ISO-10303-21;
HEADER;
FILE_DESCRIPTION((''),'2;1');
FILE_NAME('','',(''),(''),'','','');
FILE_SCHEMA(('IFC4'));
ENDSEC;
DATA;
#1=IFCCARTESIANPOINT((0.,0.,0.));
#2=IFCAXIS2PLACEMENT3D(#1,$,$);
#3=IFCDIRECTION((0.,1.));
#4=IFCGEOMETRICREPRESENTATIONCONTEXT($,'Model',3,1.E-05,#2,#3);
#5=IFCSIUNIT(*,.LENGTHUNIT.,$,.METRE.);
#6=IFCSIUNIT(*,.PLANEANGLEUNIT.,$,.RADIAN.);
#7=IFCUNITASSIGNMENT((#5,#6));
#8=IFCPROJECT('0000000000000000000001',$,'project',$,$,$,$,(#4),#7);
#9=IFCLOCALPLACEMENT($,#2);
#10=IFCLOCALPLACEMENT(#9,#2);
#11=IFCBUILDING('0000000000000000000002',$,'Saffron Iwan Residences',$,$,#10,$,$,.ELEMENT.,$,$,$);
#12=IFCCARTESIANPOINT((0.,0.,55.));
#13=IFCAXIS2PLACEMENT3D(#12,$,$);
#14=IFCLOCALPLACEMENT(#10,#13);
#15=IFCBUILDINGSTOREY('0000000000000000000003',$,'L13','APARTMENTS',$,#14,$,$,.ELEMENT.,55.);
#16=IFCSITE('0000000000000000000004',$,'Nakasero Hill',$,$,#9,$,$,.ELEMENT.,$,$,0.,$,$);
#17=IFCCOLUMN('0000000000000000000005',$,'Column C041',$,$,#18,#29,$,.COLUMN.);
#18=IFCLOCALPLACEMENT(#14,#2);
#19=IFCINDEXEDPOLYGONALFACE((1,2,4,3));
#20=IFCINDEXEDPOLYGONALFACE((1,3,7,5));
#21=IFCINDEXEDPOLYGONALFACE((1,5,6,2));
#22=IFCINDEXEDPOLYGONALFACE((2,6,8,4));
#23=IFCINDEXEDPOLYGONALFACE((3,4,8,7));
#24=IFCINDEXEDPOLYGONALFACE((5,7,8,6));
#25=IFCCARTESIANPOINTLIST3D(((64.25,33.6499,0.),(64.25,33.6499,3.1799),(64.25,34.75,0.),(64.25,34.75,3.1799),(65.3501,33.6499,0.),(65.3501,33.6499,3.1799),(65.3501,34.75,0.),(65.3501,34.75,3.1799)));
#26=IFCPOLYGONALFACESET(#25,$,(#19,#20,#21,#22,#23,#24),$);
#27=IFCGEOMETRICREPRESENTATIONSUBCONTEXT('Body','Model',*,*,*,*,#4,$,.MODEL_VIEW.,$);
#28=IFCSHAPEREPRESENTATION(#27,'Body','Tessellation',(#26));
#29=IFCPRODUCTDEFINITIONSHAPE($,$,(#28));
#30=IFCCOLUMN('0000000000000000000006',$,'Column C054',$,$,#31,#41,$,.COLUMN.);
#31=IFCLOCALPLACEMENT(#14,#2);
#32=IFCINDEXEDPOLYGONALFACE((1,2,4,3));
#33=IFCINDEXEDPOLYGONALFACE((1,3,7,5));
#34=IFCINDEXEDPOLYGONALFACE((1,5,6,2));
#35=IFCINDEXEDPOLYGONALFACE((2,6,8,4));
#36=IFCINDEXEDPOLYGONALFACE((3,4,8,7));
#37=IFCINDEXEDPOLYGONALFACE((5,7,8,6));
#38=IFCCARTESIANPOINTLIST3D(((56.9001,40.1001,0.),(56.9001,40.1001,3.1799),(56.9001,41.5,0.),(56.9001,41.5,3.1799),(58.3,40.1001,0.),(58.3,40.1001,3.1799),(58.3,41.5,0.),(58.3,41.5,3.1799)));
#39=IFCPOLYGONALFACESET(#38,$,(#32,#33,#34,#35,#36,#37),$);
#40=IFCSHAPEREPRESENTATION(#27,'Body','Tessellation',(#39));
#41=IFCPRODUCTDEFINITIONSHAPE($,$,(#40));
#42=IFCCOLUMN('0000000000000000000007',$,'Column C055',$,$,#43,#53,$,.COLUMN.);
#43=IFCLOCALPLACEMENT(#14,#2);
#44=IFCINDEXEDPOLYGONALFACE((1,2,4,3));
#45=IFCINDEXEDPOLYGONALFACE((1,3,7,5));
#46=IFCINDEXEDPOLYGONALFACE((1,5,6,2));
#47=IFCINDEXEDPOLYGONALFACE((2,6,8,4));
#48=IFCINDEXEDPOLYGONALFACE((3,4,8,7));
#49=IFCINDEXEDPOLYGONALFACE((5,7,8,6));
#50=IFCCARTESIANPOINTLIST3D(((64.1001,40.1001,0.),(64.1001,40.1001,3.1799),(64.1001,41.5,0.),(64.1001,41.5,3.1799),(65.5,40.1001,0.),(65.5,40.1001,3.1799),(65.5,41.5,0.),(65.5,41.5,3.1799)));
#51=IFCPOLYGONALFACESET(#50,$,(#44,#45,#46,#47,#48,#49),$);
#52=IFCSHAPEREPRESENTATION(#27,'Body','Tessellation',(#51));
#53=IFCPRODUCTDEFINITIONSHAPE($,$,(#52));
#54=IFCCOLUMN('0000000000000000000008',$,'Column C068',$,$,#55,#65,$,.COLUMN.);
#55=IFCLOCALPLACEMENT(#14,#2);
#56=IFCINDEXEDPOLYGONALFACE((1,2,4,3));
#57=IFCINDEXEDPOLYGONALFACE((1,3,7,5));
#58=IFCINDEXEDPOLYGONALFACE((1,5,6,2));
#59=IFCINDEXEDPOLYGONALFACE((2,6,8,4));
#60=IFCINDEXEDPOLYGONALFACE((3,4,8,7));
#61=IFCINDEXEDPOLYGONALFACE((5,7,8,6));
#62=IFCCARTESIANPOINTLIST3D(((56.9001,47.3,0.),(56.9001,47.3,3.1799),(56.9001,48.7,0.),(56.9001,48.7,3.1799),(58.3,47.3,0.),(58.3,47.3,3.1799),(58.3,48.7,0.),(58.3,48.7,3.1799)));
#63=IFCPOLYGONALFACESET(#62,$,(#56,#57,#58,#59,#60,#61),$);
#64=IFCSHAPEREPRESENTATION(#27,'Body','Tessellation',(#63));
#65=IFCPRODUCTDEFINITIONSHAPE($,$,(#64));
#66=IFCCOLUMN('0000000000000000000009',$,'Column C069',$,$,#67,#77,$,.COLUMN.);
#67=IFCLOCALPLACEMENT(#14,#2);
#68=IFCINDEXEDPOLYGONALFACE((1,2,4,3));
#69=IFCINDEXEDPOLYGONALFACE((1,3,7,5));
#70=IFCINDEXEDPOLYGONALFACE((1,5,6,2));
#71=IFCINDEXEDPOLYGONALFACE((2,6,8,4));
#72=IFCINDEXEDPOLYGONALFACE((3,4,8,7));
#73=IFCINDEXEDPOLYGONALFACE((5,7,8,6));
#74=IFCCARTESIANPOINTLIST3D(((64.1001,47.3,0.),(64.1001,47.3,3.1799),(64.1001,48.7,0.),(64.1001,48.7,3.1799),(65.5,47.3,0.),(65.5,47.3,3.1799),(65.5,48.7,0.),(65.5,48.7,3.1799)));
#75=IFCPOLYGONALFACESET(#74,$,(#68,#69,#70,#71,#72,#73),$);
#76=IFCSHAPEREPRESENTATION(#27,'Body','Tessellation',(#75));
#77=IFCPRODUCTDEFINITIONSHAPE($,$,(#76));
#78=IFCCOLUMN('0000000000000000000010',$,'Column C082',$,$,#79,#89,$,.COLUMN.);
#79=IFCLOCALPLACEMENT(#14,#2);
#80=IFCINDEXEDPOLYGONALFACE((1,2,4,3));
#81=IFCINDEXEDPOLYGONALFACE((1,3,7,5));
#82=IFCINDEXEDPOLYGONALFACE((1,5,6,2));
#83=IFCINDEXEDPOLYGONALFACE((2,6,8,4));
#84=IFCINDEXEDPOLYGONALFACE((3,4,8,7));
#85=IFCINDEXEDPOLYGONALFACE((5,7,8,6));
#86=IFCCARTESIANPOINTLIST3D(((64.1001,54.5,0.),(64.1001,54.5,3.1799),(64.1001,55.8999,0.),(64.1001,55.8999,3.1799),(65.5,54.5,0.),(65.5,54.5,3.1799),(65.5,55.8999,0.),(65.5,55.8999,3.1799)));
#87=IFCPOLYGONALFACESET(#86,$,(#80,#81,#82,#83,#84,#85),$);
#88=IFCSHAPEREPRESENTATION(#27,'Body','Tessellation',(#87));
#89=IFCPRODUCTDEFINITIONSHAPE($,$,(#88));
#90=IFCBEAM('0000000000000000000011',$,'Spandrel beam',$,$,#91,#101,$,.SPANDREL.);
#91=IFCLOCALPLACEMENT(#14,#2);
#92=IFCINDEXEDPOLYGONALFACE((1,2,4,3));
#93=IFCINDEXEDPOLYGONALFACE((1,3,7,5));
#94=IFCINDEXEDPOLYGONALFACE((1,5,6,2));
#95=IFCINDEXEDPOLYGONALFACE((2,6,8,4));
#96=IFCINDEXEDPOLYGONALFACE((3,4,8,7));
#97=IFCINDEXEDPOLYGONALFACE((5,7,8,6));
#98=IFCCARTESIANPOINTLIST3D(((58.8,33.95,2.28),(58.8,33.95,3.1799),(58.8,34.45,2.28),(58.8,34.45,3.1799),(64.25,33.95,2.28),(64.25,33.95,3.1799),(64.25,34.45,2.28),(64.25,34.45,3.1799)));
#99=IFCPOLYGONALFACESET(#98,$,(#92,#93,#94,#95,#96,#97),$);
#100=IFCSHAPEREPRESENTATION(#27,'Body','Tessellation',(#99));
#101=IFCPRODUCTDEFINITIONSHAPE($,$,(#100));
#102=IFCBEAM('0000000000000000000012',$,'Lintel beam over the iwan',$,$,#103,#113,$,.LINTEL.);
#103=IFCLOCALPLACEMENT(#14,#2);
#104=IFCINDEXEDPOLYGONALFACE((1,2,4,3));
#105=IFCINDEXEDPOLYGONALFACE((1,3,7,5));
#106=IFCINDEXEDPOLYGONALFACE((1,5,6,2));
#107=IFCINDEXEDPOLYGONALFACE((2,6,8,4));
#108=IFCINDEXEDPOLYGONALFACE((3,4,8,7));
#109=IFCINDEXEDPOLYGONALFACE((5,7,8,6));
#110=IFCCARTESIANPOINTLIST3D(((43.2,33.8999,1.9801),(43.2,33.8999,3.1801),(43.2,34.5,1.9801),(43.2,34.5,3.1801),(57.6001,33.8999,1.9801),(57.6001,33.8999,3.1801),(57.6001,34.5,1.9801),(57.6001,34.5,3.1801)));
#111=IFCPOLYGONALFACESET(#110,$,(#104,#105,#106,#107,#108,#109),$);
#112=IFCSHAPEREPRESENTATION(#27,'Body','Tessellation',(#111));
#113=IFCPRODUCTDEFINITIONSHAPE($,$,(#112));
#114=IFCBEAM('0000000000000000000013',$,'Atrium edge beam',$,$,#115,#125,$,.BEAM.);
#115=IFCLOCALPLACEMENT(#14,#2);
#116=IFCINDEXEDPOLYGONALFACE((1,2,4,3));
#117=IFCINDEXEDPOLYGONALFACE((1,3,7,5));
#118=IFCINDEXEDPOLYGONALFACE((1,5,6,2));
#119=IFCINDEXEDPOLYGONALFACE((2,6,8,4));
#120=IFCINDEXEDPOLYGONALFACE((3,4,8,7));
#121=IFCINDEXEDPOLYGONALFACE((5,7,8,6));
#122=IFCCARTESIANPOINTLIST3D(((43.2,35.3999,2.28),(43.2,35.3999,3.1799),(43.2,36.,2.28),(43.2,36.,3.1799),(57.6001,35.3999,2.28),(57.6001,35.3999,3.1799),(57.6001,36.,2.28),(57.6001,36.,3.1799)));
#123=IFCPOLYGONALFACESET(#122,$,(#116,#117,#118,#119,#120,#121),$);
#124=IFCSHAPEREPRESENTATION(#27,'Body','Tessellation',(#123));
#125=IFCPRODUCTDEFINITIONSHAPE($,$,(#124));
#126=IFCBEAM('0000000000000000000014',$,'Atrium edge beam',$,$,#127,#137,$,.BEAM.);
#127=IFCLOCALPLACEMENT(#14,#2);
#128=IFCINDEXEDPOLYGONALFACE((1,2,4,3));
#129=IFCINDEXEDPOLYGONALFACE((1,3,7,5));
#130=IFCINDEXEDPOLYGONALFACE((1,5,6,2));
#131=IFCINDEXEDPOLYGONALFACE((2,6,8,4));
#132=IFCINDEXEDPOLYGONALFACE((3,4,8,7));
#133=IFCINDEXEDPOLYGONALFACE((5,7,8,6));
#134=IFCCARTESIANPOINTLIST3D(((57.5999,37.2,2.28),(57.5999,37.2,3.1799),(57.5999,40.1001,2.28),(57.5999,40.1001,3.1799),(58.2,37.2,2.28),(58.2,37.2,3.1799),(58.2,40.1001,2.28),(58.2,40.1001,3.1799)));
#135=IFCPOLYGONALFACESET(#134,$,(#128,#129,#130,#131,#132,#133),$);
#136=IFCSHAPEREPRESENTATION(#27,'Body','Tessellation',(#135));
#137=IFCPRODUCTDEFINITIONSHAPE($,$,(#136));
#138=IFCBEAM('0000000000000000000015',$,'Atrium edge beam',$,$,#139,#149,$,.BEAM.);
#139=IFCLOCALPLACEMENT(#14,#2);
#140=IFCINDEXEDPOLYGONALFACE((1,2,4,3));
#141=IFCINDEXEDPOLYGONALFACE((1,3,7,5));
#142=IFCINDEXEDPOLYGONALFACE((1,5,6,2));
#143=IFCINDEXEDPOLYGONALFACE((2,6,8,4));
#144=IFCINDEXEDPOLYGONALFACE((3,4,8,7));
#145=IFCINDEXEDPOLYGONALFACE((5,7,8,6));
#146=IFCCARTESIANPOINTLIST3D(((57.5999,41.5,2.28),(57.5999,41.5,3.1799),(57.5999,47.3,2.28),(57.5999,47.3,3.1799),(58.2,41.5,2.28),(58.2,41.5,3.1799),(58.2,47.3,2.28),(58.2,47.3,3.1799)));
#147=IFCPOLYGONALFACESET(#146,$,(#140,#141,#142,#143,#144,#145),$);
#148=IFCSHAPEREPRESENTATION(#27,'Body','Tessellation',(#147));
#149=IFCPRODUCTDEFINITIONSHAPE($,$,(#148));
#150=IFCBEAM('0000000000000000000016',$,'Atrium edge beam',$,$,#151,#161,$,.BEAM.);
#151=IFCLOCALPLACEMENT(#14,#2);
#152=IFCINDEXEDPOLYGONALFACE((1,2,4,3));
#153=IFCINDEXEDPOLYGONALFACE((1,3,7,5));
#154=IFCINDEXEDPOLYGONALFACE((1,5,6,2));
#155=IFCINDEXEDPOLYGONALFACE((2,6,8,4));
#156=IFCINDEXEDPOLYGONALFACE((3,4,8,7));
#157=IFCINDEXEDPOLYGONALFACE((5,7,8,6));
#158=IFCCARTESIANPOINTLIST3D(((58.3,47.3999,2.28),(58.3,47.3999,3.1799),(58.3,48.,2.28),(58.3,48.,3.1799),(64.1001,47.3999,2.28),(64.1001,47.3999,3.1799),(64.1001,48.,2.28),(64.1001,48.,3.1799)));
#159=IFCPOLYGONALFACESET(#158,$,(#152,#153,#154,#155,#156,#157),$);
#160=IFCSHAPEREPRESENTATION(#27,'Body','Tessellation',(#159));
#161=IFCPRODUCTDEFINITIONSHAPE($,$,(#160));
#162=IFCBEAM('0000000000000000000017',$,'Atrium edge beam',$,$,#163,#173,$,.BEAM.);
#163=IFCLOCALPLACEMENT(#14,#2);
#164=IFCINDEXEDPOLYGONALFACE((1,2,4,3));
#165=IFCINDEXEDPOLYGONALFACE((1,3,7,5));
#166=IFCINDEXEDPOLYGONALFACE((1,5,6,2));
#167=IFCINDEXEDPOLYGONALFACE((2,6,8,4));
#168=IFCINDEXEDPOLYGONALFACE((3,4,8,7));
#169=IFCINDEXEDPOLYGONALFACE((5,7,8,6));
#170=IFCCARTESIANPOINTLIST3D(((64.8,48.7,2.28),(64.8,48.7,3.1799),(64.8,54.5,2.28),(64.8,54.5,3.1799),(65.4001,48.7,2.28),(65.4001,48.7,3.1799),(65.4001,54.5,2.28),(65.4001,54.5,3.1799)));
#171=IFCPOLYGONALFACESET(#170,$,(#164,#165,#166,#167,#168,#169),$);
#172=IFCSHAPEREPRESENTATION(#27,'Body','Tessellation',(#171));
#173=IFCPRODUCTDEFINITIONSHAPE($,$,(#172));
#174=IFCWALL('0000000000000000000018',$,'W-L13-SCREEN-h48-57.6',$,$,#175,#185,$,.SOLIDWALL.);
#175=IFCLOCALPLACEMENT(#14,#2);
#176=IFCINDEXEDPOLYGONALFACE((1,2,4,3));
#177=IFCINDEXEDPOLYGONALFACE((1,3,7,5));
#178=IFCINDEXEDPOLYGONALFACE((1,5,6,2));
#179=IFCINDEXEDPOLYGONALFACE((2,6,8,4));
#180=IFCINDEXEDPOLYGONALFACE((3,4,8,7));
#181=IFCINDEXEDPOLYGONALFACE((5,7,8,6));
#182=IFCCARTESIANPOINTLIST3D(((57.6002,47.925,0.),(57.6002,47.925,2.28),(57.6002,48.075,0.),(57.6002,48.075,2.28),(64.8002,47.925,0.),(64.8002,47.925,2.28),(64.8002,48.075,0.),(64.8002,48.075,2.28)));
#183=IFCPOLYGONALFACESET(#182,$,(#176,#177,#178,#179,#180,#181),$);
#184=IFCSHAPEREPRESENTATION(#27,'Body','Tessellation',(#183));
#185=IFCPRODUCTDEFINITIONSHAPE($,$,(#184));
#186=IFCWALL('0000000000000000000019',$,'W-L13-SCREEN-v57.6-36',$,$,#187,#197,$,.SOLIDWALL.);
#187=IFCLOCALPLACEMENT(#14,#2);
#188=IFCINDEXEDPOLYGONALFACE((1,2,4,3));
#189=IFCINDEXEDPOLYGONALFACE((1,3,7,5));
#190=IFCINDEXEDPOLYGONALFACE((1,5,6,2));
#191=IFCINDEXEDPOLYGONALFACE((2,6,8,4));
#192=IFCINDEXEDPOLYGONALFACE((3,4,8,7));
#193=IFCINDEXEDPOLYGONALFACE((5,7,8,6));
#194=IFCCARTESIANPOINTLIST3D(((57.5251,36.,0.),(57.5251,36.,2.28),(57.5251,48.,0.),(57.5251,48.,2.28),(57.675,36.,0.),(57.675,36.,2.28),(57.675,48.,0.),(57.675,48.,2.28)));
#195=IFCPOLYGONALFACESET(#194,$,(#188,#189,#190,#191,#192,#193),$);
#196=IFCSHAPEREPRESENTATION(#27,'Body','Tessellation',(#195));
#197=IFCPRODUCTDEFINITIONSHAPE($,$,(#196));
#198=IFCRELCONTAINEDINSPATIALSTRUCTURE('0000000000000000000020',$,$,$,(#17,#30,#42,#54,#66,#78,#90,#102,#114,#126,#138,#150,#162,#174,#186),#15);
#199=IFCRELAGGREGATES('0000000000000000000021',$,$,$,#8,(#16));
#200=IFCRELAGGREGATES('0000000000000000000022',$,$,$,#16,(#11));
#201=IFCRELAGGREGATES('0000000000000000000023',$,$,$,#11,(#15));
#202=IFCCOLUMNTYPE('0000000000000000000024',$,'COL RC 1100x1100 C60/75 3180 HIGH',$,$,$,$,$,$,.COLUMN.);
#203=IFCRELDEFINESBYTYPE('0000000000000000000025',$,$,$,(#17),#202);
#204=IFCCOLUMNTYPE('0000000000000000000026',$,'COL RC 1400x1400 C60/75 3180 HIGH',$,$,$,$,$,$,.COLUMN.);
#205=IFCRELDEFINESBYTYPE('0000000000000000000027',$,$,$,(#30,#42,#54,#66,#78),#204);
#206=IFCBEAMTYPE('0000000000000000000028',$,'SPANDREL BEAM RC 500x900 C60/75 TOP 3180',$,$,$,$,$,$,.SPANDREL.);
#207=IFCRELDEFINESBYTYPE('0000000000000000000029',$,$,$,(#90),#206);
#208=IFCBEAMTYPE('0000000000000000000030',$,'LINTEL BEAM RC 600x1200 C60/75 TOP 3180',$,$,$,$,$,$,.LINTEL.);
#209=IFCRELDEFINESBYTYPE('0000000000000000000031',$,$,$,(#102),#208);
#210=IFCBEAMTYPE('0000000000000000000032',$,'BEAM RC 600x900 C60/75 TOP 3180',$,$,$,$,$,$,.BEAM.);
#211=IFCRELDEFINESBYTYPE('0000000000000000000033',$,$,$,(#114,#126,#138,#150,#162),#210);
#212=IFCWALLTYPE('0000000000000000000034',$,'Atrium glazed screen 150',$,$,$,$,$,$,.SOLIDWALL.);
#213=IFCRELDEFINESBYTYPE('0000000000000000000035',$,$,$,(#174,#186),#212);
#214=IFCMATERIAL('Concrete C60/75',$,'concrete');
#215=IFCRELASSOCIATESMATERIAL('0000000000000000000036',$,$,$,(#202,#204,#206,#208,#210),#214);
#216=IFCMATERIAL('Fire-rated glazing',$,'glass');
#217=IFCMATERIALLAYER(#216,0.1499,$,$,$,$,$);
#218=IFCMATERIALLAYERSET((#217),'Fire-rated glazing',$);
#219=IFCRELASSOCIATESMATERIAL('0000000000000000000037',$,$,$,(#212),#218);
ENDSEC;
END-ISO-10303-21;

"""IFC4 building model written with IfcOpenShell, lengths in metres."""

from ifc_helpers import new_model, si_unit, direction, frame, frame_2d, origin, origin_2d, place, context, subcontext, project, spatial, rectangle, extrude, source, transform, mapped, material, layer, layer_set, material_profile, profile_set, type_object, element, save


model = new_model("IFC4")

# Units and contexts
model_context = context("Model", 3, precision=1e-05, world=origin(), true_north=direction((0.0, 1.0)))
body_context = subcontext(model_context, "Body", "Model", "MODEL_VIEW")
ifc_project = project(units=[si_unit("LENGTHUNIT", "METRE"), si_unit("PLANEANGLEUNIT", "RADIAN")], contexts=[model_context])

# Site, building, storey
site_placement = place(None, origin())
site = spatial("IfcSite", under=ifc_project, at=site_placement, Name="Nakasero Hill", CompositionType="ELEMENT", RefElevation=0.0)
building_placement = place(site_placement, origin())
building = spatial("IfcBuilding", under=site, at=building_placement, Name="Saffron Iwan Residences", CompositionType="ELEMENT")
storey_placement = place(building_placement, frame((0.0, 0.0, 55.0)))
storey = spatial("IfcBuildingStorey", under=building, at=storey_placement, Name="L13", Description="APARTMENTS", CompositionType="ELEMENT", Elevation=55.0)

# Columns
ifc_material_1 = material(Name="Concrete C60/75", Category="concrete")
ifc_material_profile_1 = material_profile(ifc_material_1, rectangle(XDim=1.1001, YDim=1.1001, at=origin_2d()), Name="RC 1100x1100")
ifc_profile_set_1 = profile_set([ifc_material_profile_1], Name="Concrete C60/75")
column_type_1 = type_object("IfcColumnType", Name="COL RC 1100x1100 C60/75 3180 HIGH", PredefinedType="COLUMN", material=ifc_profile_set_1)
shared_shape_1 = source(origin(), body_context, "Body", "SweptSolid", [
    extrude(rectangle(XDim=1.1001, YDim=1.1001, at=origin_2d()), origin(), (0.0, 0.0, 1.0), 3.1799),
])
column_placement = place(storey_placement, frame((64.8, 34.2, 0.0), z_axis=(0.0, 0.0, 1.0), x_axis=(1.0, 0.0, 0.0)))
element("IfcColumn", 1, at=column_placement, inside=storey, type_object=column_type_1, Name="Column C041", PredefinedType="COLUMN", context=body_context, shape_type="MappedRepresentation", body=[
    mapped(shared_shape_1, transform((0.0, 0.0, 0.0))),
])
ifc_material_profile_2 = material_profile(ifc_material_1, rectangle(XDim=1.3999, YDim=1.3999, at=origin_2d()), Name="RC 1400x1400")
ifc_profile_set_2 = profile_set([ifc_material_profile_2], Name="Concrete C60/75")
column_type_2 = type_object("IfcColumnType", Name="COL RC 1400x1400 C60/75 3180 HIGH", PredefinedType="COLUMN", material=ifc_profile_set_2)
shared_shape_2 = source(origin(), body_context, "Body", "SweptSolid", [
    extrude(rectangle(XDim=1.3999, YDim=1.3999, at=origin_2d()), origin(), (0.0, 0.0, 1.0), 3.1799),
])
for number, where, z_axis, x_axis, name in (
    (2, (57.6001, 40.8, 0.0), (0.0, 0.0, 1.0), (1.0, 0.0, 0.0), "Column C054"),
    (3, (64.8, 40.8, 0.0), (0.0, 0.0, 1.0), (1.0, 0.0, 0.0), "Column C055"),
    (4, (57.6001, 48.0, 0.0), (0.0, 0.0, 1.0), (1.0, 0.0, 0.0), "Column C068"),
    (5, (64.8, 48.0, 0.0), (0.0, 0.0, 1.0), (1.0, 0.0, 0.0), "Column C069"),
    (6, (64.8, 55.2, 0.0), (0.0, 0.0, 1.0), (1.0, 0.0, 0.0), "Column C082"),
):
    element("IfcColumn", number, at=place(storey_placement, frame(where, z_axis=z_axis, x_axis=x_axis)), inside=storey, type_object=column_type_2, Name=name, PredefinedType="COLUMN", context=body_context, shape_type="MappedRepresentation", body=[
        mapped(shared_shape_2, transform((0.0, 0.0, 0.0))),
    ])

# Beams
ifc_material_profile_3 = material_profile(ifc_material_1, rectangle(XDim=0.5, YDim=0.8999, at=origin_2d()), Name="RC 500x900")
ifc_profile_set_3 = profile_set([ifc_material_profile_3], Name="Concrete C60/75")
beam_type_1 = type_object("IfcBeamType", Name="SPANDREL BEAM RC 500x900 C60/75 TOP 3180", PredefinedType="SPANDREL", material=ifc_profile_set_3)
shared_shape_3 = source(origin(), body_context, "Body", "SweptSolid", [
    extrude(rectangle(XDim=0.5, YDim=0.8999, at=origin_2d()), origin(), (0.0, 0.0, 1.0), 5.45),
])
beam_1_placement = place(storey_placement, frame((64.25, 34.2, 2.73), z_axis=(-1.0, 0.0, 0.0), x_axis=(0.0, -1.0, 0.0)))
element("IfcBeam", 7, at=beam_1_placement, inside=storey, type_object=beam_type_1, Name="Spandrel beam", PredefinedType="SPANDREL", context=body_context, shape_type="MappedRepresentation", body=[
    mapped(shared_shape_3, transform((0.0, 0.0, 0.0))),
])
ifc_material_profile_4 = material_profile(ifc_material_1, rectangle(XDim=0.6001, YDim=1.2, at=origin_2d()), Name="RC 600x1200")
ifc_profile_set_4 = profile_set([ifc_material_profile_4], Name="Concrete C60/75")
beam_type_2 = type_object("IfcBeamType", Name="LINTEL BEAM RC 600x1200 C60/75 TOP 3180", PredefinedType="LINTEL", material=ifc_profile_set_4)
shared_shape_4 = source(origin(), body_context, "Body", "SweptSolid", [
    extrude(rectangle(XDim=0.6001, YDim=1.2, at=origin_2d()), origin(), (0.0, 0.0, 1.0), 14.4001),
])
beam_2_placement = place(storey_placement, frame((57.6001, 34.2, 2.5801), z_axis=(-1.0, 0.0, 0.0), x_axis=(0.0, -1.0, 0.0)))
element("IfcBeam", 8, at=beam_2_placement, inside=storey, type_object=beam_type_2, Name="Lintel beam over the iwan", PredefinedType="LINTEL", context=body_context, shape_type="MappedRepresentation", body=[
    mapped(shared_shape_4, transform((0.0, 0.0, 0.0))),
])
ifc_material_profile_5 = material_profile(ifc_material_1, rectangle(XDim=0.6001, YDim=0.8999, at=origin_2d()), Name="RC 600x900")
ifc_profile_set_5 = profile_set([ifc_material_profile_5], Name="Concrete C60/75")
beam_type_3 = type_object("IfcBeamType", Name="BEAM RC 600x900 C60/75 TOP 3180", PredefinedType="BEAM", material=ifc_profile_set_5)
shared_shape_5 = source(origin(), body_context, "Body", "SweptSolid", [
    extrude(rectangle(XDim=0.6001, YDim=0.8999, at=origin_2d()), origin(), (0.0, 0.0, 1.0), 14.4001),
])
beam_3_placement = place(storey_placement, frame((57.6001, 35.7, 2.73), z_axis=(-1.0, 0.0, 0.0), x_axis=(0.0, -1.0, 0.0)))
element("IfcBeam", 9, at=beam_3_placement, inside=storey, type_object=beam_type_3, Name="Atrium edge beam", PredefinedType="BEAM", context=body_context, shape_type="MappedRepresentation", body=[
    mapped(shared_shape_5, transform((0.0, 0.0, 0.0))),
])
shared_shape_6 = source(origin(), body_context, "Body", "SweptSolid", [
    extrude(rectangle(XDim=0.6001, YDim=0.8999, at=origin_2d()), origin(), (0.0, 0.0, 1.0), 2.9001),
])
beam_4_placement = place(storey_placement, frame((57.8999, 40.1001, 2.73), z_axis=(0.0, -1.0, 0.0), x_axis=(1.0, 0.0, 0.0)))
element("IfcBeam", 10, at=beam_4_placement, inside=storey, type_object=beam_type_3, Name="Atrium edge beam", PredefinedType="BEAM", context=body_context, shape_type="MappedRepresentation", body=[
    mapped(shared_shape_6, transform((0.0, 0.0, 0.0))),
])
shared_shape_7 = source(origin(), body_context, "Body", "SweptSolid", [
    extrude(rectangle(XDim=0.6001, YDim=0.8999, at=origin_2d()), origin(), (0.0, 0.0, 1.0), 5.8),
])
for number, where, z_axis, x_axis, name in (
    (11, (57.8999, 47.3, 2.73), (0.0, -1.0, 0.0), (1.0, 0.0, 0.0), "Atrium edge beam"),
    (12, (64.1001, 47.7, 2.73), (-1.0, 0.0, 0.0), (0.0, -1.0, 0.0), "Atrium edge beam"),
    (13, (65.1001, 54.5, 2.73), (0.0, -1.0, 0.0), (1.0, 0.0, 0.0), "Atrium edge beam"),
):
    element("IfcBeam", number, at=place(storey_placement, frame(where, z_axis=z_axis, x_axis=x_axis)), inside=storey, type_object=beam_type_3, Name=name, PredefinedType="BEAM", context=body_context, shape_type="MappedRepresentation", body=[
        mapped(shared_shape_7, transform((0.0, 0.0, 0.0))),
    ])

# Walls
ifc_material_2 = material(Name="Fire-rated glazing", Category="glass")
ifc_layer_1 = layer(ifc_material_2, 0.1499)
ifc_layer_set_1 = layer_set([ifc_layer_1], Name="Fire-rated glazing")
wall_type_1 = type_object("IfcWallType", Name="Atrium glazed screen 150", PredefinedType="SOLIDWALL", material=ifc_layer_set_1)
wall_1_placement = place(storey_placement, frame((57.6001, 48.0, 0.0), z_axis=(0.0, 0.0, 1.0), x_axis=(1.0, 0.0, 0.0)))
element("IfcWall", 14, at=wall_1_placement, inside=storey, type_object=wall_type_1, Name="W-L13-SCREEN-h48-57.6", PredefinedType="SOLIDWALL", context=body_context, shape_type="SweptSolid", body=[
    extrude(rectangle(XDim=7.2, YDim=0.1499, at=frame_2d((3.6001, 0.0))), origin(), (0.0, 0.0, 1.0), 2.28),
])
wall_2_placement = place(storey_placement, frame((57.6001, 36.0, 0.0), z_axis=(0.0, 0.0, 1.0), x_axis=(0.0, 1.0, 0.0)))
element("IfcWall", 15, at=wall_2_placement, inside=storey, type_object=wall_type_1, Name="W-L13-SCREEN-v57.6-36", PredefinedType="SOLIDWALL", context=body_context, shape_type="SweptSolid", body=[
    extrude(rectangle(XDim=12.0, YDim=0.1499, at=frame_2d((6.0, 0.0))), origin(), (0.0, 0.0, 1.0), 2.28),
])

save(model, "model.ifc")
